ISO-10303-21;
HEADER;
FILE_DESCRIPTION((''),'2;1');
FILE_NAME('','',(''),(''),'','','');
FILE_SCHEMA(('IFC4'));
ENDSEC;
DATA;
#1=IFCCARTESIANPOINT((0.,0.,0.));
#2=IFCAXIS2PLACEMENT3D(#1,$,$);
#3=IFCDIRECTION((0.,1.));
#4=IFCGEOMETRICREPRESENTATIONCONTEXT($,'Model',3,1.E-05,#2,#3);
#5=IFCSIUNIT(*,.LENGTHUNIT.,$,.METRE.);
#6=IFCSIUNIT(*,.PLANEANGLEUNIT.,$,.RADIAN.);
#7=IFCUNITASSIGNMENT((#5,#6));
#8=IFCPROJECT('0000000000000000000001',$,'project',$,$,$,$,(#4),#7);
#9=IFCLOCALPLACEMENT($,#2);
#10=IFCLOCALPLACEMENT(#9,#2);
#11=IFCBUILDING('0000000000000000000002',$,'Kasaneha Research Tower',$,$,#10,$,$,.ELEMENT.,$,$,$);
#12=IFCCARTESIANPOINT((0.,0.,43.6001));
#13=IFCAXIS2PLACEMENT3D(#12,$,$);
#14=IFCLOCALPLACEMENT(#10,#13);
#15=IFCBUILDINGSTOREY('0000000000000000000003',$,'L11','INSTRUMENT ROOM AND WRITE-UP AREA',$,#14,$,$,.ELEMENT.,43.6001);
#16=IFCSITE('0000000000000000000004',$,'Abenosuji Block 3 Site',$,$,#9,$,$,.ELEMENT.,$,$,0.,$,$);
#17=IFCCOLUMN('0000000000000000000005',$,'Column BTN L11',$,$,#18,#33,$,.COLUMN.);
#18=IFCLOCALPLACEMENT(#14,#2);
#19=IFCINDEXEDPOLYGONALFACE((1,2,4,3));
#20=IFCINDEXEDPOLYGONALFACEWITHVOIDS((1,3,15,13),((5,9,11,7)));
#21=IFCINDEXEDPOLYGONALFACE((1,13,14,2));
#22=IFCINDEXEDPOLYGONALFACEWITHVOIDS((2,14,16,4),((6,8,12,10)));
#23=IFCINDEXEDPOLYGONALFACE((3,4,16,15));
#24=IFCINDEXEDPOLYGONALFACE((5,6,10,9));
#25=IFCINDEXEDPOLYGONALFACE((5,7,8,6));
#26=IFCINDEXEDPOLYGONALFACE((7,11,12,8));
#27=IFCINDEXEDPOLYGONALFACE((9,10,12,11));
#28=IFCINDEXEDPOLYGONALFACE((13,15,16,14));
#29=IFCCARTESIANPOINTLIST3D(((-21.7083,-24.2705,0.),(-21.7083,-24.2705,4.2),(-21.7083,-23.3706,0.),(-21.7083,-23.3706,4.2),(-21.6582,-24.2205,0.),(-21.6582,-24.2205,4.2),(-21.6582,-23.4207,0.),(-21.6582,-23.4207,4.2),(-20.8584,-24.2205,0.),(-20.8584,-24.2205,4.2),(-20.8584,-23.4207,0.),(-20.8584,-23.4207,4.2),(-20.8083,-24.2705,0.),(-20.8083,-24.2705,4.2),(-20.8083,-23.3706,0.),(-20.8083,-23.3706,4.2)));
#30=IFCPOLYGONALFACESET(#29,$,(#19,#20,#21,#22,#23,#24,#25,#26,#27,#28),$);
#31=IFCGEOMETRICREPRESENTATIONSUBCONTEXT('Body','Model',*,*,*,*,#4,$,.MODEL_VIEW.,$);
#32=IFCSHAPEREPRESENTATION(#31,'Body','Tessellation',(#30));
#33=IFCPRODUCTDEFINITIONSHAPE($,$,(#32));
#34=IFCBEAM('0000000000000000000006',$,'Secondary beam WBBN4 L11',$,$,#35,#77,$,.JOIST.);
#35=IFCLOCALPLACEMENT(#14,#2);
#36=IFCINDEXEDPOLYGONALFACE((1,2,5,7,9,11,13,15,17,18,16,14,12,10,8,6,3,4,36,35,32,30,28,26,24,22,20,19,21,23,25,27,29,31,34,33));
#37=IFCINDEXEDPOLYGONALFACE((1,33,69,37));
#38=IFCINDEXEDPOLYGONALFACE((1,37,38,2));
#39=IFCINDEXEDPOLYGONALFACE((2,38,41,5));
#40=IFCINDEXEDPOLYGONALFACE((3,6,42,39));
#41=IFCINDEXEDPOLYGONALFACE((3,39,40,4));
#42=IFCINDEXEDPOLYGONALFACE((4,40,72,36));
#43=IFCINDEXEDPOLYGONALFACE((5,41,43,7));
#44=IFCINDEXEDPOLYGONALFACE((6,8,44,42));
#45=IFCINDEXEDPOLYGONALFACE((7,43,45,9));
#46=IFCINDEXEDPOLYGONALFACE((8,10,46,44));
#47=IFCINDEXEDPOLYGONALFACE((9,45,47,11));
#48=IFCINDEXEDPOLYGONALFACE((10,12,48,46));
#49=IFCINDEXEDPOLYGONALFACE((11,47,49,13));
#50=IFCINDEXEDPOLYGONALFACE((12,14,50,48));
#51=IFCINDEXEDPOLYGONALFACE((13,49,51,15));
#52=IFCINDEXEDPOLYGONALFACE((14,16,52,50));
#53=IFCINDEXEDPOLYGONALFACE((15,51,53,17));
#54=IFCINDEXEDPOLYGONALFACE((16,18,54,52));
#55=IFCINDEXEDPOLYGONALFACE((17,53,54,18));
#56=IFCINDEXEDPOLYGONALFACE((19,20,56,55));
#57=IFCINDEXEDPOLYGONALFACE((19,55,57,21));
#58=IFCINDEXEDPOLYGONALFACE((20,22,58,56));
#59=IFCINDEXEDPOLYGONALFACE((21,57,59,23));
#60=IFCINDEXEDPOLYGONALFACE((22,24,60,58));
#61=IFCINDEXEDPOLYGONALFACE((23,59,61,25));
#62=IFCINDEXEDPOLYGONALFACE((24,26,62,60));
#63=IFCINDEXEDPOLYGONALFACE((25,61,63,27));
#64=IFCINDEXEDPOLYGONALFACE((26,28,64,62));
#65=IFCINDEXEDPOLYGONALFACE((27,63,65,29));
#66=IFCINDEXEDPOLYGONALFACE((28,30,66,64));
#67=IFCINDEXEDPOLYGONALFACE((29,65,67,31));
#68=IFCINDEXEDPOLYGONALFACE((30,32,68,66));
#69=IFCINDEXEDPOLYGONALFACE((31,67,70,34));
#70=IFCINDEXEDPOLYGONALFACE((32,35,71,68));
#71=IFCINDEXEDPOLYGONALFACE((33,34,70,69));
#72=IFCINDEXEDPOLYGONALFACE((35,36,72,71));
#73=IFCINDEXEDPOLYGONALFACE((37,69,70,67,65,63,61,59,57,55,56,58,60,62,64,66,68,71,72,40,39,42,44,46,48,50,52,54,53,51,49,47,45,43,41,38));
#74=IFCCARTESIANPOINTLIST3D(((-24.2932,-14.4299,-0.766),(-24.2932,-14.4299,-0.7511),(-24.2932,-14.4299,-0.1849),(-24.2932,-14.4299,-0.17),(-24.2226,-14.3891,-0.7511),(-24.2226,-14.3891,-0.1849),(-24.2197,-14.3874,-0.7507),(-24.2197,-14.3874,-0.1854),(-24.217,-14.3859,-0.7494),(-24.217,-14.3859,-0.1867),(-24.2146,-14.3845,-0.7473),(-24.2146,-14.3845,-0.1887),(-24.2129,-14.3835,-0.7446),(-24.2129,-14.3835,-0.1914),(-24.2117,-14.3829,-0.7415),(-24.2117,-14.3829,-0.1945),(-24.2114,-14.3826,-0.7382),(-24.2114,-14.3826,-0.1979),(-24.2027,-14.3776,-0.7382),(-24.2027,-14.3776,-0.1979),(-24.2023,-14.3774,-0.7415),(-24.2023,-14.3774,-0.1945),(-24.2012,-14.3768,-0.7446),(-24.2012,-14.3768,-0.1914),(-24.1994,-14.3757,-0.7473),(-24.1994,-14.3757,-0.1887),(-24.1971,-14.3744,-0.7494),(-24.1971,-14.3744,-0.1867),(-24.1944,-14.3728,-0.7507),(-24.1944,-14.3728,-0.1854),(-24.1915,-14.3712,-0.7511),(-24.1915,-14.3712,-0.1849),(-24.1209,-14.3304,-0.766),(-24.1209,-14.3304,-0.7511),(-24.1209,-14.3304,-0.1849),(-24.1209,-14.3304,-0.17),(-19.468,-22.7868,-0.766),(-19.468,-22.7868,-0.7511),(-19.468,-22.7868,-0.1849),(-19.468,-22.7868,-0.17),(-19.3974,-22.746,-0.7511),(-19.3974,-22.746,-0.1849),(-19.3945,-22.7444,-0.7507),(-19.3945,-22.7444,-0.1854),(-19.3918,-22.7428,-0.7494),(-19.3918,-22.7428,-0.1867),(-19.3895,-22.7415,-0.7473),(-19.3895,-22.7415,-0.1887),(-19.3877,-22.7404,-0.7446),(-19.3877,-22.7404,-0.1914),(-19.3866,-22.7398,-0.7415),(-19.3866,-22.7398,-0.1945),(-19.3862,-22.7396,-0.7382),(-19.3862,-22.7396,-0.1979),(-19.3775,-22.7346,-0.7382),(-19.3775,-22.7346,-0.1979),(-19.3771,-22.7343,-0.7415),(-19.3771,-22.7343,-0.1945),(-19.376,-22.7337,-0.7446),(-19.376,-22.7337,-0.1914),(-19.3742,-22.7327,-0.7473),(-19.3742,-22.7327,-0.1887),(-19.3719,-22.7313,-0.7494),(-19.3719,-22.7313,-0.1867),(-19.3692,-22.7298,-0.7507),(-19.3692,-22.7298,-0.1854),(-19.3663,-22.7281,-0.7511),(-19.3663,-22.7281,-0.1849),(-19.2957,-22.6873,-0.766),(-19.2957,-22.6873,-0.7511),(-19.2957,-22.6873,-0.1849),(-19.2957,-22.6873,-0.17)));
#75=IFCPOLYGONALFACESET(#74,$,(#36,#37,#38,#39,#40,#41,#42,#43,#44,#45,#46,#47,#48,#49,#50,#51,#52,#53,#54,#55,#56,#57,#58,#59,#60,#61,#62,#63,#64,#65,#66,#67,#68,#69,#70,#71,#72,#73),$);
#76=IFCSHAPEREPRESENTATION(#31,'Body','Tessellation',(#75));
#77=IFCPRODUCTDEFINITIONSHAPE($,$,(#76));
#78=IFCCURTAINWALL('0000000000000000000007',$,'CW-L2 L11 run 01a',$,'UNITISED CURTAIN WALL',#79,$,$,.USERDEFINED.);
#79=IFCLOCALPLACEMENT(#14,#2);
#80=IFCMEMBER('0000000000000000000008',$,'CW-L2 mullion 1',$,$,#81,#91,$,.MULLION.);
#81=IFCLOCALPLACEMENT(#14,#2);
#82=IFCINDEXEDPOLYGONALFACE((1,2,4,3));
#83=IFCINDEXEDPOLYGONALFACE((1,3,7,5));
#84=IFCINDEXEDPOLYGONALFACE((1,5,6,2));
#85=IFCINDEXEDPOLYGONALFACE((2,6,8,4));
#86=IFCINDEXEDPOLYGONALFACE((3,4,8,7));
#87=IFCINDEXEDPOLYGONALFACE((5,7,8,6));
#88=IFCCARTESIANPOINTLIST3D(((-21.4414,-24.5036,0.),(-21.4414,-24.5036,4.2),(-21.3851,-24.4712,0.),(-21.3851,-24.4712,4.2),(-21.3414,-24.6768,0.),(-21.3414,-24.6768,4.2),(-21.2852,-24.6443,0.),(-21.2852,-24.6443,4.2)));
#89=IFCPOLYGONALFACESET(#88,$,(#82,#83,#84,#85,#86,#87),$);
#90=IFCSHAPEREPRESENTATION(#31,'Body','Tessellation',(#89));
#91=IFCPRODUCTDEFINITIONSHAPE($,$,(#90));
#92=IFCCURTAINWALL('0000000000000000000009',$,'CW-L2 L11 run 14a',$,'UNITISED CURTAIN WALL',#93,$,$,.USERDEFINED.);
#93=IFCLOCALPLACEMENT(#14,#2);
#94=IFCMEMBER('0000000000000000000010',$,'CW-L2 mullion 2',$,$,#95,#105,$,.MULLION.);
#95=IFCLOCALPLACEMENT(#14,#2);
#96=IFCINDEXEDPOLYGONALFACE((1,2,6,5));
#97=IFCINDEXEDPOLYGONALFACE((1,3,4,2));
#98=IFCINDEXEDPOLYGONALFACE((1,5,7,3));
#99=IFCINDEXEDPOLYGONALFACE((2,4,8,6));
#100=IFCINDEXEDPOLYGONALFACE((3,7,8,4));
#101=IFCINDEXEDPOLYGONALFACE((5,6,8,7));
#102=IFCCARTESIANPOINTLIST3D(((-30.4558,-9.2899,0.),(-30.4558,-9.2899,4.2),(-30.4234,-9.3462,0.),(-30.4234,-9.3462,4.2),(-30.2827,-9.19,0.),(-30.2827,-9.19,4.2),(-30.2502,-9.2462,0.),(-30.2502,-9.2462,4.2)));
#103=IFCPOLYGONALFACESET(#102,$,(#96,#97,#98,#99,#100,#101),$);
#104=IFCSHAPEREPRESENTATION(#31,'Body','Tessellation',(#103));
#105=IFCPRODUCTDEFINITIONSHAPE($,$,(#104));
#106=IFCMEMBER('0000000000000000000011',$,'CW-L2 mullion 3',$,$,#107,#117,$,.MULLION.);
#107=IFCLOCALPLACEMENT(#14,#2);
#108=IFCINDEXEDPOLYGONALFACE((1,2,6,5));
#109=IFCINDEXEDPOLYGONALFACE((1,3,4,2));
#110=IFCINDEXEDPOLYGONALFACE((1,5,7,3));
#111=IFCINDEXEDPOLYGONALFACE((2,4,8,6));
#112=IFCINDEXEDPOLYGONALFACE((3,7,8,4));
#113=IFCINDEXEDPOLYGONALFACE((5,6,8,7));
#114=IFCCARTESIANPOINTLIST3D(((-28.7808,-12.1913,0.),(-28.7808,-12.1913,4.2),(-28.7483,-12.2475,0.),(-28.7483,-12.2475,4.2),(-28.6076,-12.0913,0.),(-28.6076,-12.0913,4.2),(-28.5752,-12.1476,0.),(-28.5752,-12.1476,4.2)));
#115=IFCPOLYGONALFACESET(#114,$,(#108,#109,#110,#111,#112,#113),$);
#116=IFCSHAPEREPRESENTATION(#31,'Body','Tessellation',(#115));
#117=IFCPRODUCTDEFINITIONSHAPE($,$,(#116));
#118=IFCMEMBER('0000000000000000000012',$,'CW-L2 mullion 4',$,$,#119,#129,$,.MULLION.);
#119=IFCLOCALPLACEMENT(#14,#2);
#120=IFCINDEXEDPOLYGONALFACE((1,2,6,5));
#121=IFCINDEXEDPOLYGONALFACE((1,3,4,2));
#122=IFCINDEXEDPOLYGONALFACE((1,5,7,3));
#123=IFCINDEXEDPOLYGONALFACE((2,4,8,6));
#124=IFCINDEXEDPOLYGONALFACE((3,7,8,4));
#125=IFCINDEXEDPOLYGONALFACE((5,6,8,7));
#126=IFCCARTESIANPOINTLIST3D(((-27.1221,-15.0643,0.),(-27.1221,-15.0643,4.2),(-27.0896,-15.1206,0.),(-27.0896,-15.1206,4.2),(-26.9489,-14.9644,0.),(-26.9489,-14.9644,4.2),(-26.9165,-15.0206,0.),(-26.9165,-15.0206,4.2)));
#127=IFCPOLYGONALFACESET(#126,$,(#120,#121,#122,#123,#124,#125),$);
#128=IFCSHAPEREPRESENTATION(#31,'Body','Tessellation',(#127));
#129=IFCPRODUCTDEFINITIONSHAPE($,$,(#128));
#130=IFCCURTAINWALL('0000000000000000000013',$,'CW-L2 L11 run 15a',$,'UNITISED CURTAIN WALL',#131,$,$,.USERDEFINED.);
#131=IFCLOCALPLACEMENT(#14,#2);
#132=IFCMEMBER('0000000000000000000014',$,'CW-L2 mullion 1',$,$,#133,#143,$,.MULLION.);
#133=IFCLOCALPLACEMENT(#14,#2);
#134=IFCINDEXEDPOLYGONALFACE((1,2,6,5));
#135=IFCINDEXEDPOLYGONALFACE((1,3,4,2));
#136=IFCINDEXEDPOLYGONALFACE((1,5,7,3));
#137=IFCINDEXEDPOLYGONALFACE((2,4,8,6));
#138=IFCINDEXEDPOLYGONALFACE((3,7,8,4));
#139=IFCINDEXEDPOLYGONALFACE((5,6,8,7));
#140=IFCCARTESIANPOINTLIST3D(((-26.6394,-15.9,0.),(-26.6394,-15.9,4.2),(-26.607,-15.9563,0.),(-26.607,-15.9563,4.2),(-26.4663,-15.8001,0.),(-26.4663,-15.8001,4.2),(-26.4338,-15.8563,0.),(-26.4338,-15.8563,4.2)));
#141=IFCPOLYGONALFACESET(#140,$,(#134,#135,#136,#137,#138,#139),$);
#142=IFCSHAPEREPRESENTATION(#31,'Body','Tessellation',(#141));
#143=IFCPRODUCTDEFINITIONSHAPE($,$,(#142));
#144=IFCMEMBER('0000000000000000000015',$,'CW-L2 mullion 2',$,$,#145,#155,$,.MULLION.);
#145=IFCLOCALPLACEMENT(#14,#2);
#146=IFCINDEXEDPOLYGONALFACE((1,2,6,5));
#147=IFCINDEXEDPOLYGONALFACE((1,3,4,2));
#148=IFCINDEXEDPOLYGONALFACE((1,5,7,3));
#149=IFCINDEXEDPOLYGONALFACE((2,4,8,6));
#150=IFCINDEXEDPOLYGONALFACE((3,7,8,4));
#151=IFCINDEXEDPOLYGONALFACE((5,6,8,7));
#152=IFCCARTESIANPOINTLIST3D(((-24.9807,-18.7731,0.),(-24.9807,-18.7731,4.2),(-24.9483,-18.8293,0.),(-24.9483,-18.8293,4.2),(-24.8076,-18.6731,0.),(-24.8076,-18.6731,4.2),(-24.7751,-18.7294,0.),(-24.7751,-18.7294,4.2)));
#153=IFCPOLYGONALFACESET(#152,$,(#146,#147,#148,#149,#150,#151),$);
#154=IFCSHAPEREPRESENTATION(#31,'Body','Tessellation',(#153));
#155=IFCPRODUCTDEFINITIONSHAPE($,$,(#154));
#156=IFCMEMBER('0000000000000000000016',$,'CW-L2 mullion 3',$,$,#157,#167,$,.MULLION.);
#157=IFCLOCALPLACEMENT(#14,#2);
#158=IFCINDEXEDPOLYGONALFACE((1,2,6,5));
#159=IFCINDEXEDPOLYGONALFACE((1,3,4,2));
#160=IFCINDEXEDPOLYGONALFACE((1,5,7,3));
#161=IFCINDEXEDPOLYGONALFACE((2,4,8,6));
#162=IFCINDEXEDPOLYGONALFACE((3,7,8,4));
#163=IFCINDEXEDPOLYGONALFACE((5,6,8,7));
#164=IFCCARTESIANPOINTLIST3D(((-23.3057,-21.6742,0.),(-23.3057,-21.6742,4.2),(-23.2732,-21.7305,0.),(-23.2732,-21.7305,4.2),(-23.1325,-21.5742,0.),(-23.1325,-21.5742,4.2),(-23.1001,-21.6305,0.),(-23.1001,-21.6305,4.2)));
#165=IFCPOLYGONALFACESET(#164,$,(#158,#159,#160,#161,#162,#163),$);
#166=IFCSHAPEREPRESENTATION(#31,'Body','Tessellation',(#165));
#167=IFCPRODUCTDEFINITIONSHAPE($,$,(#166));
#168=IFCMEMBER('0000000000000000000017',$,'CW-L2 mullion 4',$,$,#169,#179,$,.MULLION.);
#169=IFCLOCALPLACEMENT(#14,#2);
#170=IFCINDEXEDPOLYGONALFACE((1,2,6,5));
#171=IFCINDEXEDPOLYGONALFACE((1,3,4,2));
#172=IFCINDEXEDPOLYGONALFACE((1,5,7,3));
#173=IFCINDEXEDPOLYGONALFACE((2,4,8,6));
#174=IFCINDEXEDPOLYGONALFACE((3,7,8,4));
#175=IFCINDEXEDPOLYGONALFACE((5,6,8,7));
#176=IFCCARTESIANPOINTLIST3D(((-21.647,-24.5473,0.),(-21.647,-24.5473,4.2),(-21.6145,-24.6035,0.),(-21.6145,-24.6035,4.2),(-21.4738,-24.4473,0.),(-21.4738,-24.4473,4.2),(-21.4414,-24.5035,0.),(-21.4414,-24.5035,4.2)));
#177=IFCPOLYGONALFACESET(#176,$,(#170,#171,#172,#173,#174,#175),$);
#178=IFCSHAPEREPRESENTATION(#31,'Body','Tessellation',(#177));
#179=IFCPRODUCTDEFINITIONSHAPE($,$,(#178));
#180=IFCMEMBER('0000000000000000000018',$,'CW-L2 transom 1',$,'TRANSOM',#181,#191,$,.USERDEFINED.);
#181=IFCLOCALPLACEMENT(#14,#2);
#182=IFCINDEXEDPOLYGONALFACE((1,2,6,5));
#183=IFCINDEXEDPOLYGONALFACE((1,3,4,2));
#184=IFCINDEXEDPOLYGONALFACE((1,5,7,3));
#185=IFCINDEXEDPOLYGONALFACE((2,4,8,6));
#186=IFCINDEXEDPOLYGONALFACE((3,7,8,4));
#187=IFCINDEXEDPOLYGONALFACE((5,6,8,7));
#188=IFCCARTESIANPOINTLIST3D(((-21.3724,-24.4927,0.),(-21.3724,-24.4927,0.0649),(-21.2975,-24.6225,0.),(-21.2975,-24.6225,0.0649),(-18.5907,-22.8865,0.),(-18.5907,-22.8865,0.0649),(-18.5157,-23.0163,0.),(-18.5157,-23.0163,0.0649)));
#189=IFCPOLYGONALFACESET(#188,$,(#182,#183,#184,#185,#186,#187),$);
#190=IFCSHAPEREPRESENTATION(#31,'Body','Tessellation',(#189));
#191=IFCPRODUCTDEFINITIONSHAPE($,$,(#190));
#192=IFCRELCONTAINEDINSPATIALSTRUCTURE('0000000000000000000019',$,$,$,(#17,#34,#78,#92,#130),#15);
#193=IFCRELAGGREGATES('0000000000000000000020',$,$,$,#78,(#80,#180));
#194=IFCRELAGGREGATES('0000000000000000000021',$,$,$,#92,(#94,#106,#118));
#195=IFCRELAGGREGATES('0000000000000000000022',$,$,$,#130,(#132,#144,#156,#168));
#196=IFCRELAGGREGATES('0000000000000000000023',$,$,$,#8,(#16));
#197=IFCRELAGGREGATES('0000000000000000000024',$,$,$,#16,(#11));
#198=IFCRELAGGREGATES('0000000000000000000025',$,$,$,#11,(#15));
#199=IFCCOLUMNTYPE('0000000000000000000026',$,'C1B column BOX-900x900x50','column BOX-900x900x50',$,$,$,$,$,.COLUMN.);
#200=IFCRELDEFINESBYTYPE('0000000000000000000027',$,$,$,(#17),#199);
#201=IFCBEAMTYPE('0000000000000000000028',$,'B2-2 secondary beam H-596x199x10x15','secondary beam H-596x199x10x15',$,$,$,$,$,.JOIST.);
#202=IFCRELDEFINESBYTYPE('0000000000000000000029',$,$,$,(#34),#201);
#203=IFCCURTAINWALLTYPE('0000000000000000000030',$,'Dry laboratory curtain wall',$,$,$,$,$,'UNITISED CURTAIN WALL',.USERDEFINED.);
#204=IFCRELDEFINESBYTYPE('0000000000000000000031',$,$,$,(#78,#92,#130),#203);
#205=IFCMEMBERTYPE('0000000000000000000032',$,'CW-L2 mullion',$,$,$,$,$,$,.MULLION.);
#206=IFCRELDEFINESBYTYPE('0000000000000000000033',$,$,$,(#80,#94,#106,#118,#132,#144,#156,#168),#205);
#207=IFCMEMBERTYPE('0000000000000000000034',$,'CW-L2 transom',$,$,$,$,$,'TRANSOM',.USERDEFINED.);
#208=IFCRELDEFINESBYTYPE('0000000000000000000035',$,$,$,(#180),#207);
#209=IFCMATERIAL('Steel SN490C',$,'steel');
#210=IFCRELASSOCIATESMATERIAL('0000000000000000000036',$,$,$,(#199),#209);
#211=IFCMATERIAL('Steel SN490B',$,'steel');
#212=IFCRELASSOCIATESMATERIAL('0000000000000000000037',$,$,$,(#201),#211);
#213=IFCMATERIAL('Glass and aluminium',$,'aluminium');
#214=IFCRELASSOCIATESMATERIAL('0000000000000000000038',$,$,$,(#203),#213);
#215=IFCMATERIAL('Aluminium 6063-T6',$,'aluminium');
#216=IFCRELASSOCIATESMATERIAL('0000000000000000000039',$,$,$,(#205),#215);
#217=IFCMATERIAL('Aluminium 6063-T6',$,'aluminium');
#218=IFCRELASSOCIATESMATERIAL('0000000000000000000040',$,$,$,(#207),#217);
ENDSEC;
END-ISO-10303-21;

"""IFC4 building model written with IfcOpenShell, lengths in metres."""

from ifc_helpers import new_model, si_unit, direction, frame, origin, origin_2d, place, context, subcontext, project, spatial, rectangle, hollow_rectangle, i_section, extrude, material, material_profile, profile_set, type_object, element, aggregate, save


model = new_model("IFC4")

# Units and contexts
model_context = context("Model", 3, precision=1e-05, world=origin(), true_north=direction((0.0, 1.0)))
body_context = subcontext(model_context, "Body", "Model", "MODEL_VIEW")
ifc_project = project(units=[si_unit("LENGTHUNIT", "METRE"), si_unit("PLANEANGLEUNIT", "RADIAN")], contexts=[model_context])

# Site, building, storey
site_placement = place(None, origin())
site = spatial("IfcSite", under=ifc_project, at=site_placement, Name="Abenosuji Block 3 Site", CompositionType="ELEMENT", RefElevation=0.0)
building_placement = place(site_placement, origin())
building = spatial("IfcBuilding", under=site, at=building_placement, Name="Kasaneha Research Tower", CompositionType="ELEMENT")
storey_placement = place(building_placement, frame((0.0, 0.0, 43.6001)))
storey = spatial("IfcBuildingStorey", under=building, at=storey_placement, Name="L11", Description="INSTRUMENT ROOM AND WRITE-UP AREA", CompositionType="ELEMENT", Elevation=43.6001)

# Column
ifc_material_1 = material(Name="Steel SN490C", Category="steel")
ifc_material_profile_1 = material_profile(ifc_material_1, hollow_rectangle(XDim=0.8999, YDim=0.8999, WallThickness=0.05, at=origin_2d()), Name="BOX-900x900x50")
ifc_profile_set_1 = profile_set([ifc_material_profile_1], Name="Steel SN490C")
column_type = type_object("IfcColumnType", Name="C1B column BOX-900x900x50", Description="column BOX-900x900x50", PredefinedType="COLUMN", material=ifc_profile_set_1)
column_placement = place(storey_placement, frame((-21.2583, -23.8206, 0.0), z_axis=(0.0, 0.0, 1.0), x_axis=(1.0, 0.0, 0.0)))
element("IfcColumn", 1, at=column_placement, inside=storey, type_object=column_type, Name="Column BTN L11", PredefinedType="COLUMN", context=body_context, shape_type="SweptSolid", body=[
    extrude(hollow_rectangle(XDim=0.8999, YDim=0.8999, WallThickness=0.05, at=origin_2d()), origin(), (0.0, 0.0, 1.0), 4.2),
])

# Beam
ifc_material_2 = material(Name="Steel SN490B", Category="steel")
ifc_material_profile_2 = material_profile(ifc_material_2, i_section(OverallWidth=0.199, OverallDepth=0.5959, WebThickness=0.01, FlangeThickness=0.0149, FilletRadius=0.0129, at=origin_2d()), Name="H-596x199x10x15")
ifc_profile_set_2 = profile_set([ifc_material_profile_2], Name="Steel SN490B")
beam_type_1 = type_object("IfcBeamType", Name="B2-2 secondary beam H-596x199x10x15", Description="secondary beam H-596x199x10x15", PredefinedType="JOIST", material=ifc_profile_set_2)
beam_1_placement = place(storey_placement, frame((-19.3818, -22.7371, -0.468), z_axis=(-0.500025, 0.866011, 0.0), x_axis=(-0.866011, -0.500025, 0.0)))
element("IfcBeam", 2, at=beam_1_placement, inside=storey, type_object=beam_type_1, Name="Secondary beam WBBN4 L11", PredefinedType="JOIST", context=body_context, shape_type="SweptSolid", body=[
    extrude(i_section(OverallWidth=0.199, OverallDepth=0.5959, WebThickness=0.01, FlangeThickness=0.0149, FilletRadius=0.0129, at=origin_2d()), origin(), (0.0, 0.0, 1.0), 9.6499),
])

# Curtain wall, member
ifc_material_3 = material(Name="Glass and aluminium", Category="aluminium")
curtain_wall_type = type_object("IfcCurtainWallType", Name="Dry laboratory curtain wall", ElementType="UNITISED CURTAIN WALL", PredefinedType="USERDEFINED", material=ifc_material_3)
curtain_wall_1_placement = place(storey_placement, origin())
curtain_wall_1 = element("IfcCurtainWall", 3, at=curtain_wall_1_placement, inside=storey, type_object=curtain_wall_type, Name="CW-L2 L11 run 01a", ObjectType="UNITISED CURTAIN WALL", PredefinedType="USERDEFINED")
ifc_material_4 = material(Name="Aluminium 6063-T6", Category="aluminium")
ifc_material_profile_3 = material_profile(ifc_material_4, rectangle(XDim=0.0649, YDim=0.2, at=origin_2d()), Name="CW-L2 mullion 65x200")
ifc_profile_set_3 = profile_set([ifc_material_profile_3], Name="Aluminium 6063-T6")
member_type_1 = type_object("IfcMemberType", Name="CW-L2 mullion", PredefinedType="MULLION", material=ifc_profile_set_3)
member_1_placement = place(storey_placement, frame((-21.3633, -24.574, 0.0), z_axis=(0.0, 0.0, 1.0), x_axis=(0.866025, 0.5, 0.0)))
member_1 = element("IfcMember", 4, at=member_1_placement, type_object=member_type_1, Name="CW-L2 mullion 1", PredefinedType="MULLION", context=body_context, shape_type="SweptSolid", body=[
    extrude(rectangle(XDim=0.0649, YDim=0.2, at=origin_2d()), origin(), (0.0, 0.0, 1.0), 4.2),
])

# Curtain walls, members
curtain_wall_2_placement = place(storey_placement, origin())
curtain_wall_2 = element("IfcCurtainWall", 5, at=curtain_wall_2_placement, inside=storey, type_object=curtain_wall_type, Name="CW-L2 L11 run 14a", ObjectType="UNITISED CURTAIN WALL", PredefinedType="USERDEFINED")
member_2_placement = place(storey_placement, frame((-30.353, -9.2681, 0.0), z_axis=(0.0, 0.0, 1.0), x_axis=(0.5, -0.866025, 0.0)))
member_2 = element("IfcMember", 6, at=member_2_placement, type_object=member_type_1, Name="CW-L2 mullion 2", PredefinedType="MULLION", context=body_context, shape_type="SweptSolid", body=[
    extrude(rectangle(XDim=0.0649, YDim=0.2, at=origin_2d()), origin(), (0.0, 0.0, 1.0), 4.2),
])
member_3_placement = place(storey_placement, frame((-28.678, -12.1694, 0.0), z_axis=(0.0, 0.0, 1.0), x_axis=(0.5, -0.866025, 0.0)))
member_3 = element("IfcMember", 7, at=member_3_placement, type_object=member_type_1, Name="CW-L2 mullion 3", PredefinedType="MULLION", context=body_context, shape_type="SweptSolid", body=[
    extrude(rectangle(XDim=0.0649, YDim=0.2, at=origin_2d()), origin(), (0.0, 0.0, 1.0), 4.2),
])
member_4_placement = place(storey_placement, frame((-27.0193, -15.0425, 0.0), z_axis=(0.0, 0.0, 1.0), x_axis=(0.5, -0.866025, 0.0)))
member_4 = element("IfcMember", 8, at=member_4_placement, type_object=member_type_1, Name="CW-L2 mullion 4", PredefinedType="MULLION", context=body_context, shape_type="SweptSolid", body=[
    extrude(rectangle(XDim=0.0649, YDim=0.2, at=origin_2d()), origin(), (0.0, 0.0, 1.0), 4.2),
])
curtain_wall_3_placement = place(storey_placement, origin())
curtain_wall_3 = element("IfcCurtainWall", 9, at=curtain_wall_3_placement, inside=storey, type_object=curtain_wall_type, Name="CW-L2 L11 run 15a", ObjectType="UNITISED CURTAIN WALL", PredefinedType="USERDEFINED")
member_5_placement = place(storey_placement, frame((-26.5366, -15.8782, 0.0), z_axis=(0.0, 0.0, 1.0), x_axis=(0.5, -0.866025, 0.0)))
member_5 = element("IfcMember", 10, at=member_5_placement, type_object=member_type_1, Name="CW-L2 mullion 1", PredefinedType="MULLION", context=body_context, shape_type="SweptSolid", body=[
    extrude(rectangle(XDim=0.0649, YDim=0.2, at=origin_2d()), origin(), (0.0, 0.0, 1.0), 4.2),
])
member_6_placement = place(storey_placement, frame((-24.8779, -18.7512, 0.0), z_axis=(0.0, 0.0, 1.0), x_axis=(0.5, -0.866025, 0.0)))
member_6 = element("IfcMember", 11, at=member_6_placement, type_object=member_type_1, Name="CW-L2 mullion 2", PredefinedType="MULLION", context=body_context, shape_type="SweptSolid", body=[
    extrude(rectangle(XDim=0.0649, YDim=0.2, at=origin_2d()), origin(), (0.0, 0.0, 1.0), 4.2),
])
member_7_placement = place(storey_placement, frame((-23.2029, -21.6523, 0.0), z_axis=(0.0, 0.0, 1.0), x_axis=(0.5, -0.866025, 0.0)))
member_7 = element("IfcMember", 12, at=member_7_placement, type_object=member_type_1, Name="CW-L2 mullion 3", PredefinedType="MULLION", context=body_context, shape_type="SweptSolid", body=[
    extrude(rectangle(XDim=0.0649, YDim=0.2, at=origin_2d()), origin(), (0.0, 0.0, 1.0), 4.2),
])
member_8_placement = place(storey_placement, frame((-21.5442, -24.5254, 0.0), z_axis=(0.0, 0.0, 1.0), x_axis=(0.5, -0.866025, 0.0)))
member_8 = element("IfcMember", 13, at=member_8_placement, type_object=member_type_1, Name="CW-L2 mullion 4", PredefinedType="MULLION", context=body_context, shape_type="SweptSolid", body=[
    extrude(rectangle(XDim=0.0649, YDim=0.2, at=origin_2d()), origin(), (0.0, 0.0, 1.0), 4.2),
])

# Member
ifc_material_5 = material(Name="Aluminium 6063-T6", Category="aluminium")
ifc_material_profile_4 = material_profile(ifc_material_5, rectangle(XDim=0.1499, YDim=0.0649, at=origin_2d()), Name="CW-L2 transom 150x65")
ifc_profile_set_4 = profile_set([ifc_material_profile_4], Name="Aluminium 6063-T6")
member_type_2 = type_object("IfcMemberType", Name="CW-L2 transom", ElementType="TRANSOM", PredefinedType="USERDEFINED", material=ifc_profile_set_4)
member_9_placement = place(storey_placement, frame((-21.335, -24.5576, 0.0325), z_axis=(0.866003, 0.500038, 0.0), x_axis=(-0.500038, 0.866003, 0.0)))
member_9 = element("IfcMember", 14, at=member_9_placement, type_object=member_type_2, Name="CW-L2 transom 1", ObjectType="TRANSOM", PredefinedType="USERDEFINED", context=body_context, shape_type="SweptSolid", body=[
    extrude(rectangle(XDim=0.1499, YDim=0.0649, at=origin_2d()), origin(), (0.0, 0.0, 1.0), 3.2122),
])

aggregate(curtain_wall_1, [member_1, member_9])
aggregate(curtain_wall_2, [member_2, member_3, member_4])
aggregate(curtain_wall_3, [member_5, member_6, member_7, member_8])

save(model, "model.ifc")
